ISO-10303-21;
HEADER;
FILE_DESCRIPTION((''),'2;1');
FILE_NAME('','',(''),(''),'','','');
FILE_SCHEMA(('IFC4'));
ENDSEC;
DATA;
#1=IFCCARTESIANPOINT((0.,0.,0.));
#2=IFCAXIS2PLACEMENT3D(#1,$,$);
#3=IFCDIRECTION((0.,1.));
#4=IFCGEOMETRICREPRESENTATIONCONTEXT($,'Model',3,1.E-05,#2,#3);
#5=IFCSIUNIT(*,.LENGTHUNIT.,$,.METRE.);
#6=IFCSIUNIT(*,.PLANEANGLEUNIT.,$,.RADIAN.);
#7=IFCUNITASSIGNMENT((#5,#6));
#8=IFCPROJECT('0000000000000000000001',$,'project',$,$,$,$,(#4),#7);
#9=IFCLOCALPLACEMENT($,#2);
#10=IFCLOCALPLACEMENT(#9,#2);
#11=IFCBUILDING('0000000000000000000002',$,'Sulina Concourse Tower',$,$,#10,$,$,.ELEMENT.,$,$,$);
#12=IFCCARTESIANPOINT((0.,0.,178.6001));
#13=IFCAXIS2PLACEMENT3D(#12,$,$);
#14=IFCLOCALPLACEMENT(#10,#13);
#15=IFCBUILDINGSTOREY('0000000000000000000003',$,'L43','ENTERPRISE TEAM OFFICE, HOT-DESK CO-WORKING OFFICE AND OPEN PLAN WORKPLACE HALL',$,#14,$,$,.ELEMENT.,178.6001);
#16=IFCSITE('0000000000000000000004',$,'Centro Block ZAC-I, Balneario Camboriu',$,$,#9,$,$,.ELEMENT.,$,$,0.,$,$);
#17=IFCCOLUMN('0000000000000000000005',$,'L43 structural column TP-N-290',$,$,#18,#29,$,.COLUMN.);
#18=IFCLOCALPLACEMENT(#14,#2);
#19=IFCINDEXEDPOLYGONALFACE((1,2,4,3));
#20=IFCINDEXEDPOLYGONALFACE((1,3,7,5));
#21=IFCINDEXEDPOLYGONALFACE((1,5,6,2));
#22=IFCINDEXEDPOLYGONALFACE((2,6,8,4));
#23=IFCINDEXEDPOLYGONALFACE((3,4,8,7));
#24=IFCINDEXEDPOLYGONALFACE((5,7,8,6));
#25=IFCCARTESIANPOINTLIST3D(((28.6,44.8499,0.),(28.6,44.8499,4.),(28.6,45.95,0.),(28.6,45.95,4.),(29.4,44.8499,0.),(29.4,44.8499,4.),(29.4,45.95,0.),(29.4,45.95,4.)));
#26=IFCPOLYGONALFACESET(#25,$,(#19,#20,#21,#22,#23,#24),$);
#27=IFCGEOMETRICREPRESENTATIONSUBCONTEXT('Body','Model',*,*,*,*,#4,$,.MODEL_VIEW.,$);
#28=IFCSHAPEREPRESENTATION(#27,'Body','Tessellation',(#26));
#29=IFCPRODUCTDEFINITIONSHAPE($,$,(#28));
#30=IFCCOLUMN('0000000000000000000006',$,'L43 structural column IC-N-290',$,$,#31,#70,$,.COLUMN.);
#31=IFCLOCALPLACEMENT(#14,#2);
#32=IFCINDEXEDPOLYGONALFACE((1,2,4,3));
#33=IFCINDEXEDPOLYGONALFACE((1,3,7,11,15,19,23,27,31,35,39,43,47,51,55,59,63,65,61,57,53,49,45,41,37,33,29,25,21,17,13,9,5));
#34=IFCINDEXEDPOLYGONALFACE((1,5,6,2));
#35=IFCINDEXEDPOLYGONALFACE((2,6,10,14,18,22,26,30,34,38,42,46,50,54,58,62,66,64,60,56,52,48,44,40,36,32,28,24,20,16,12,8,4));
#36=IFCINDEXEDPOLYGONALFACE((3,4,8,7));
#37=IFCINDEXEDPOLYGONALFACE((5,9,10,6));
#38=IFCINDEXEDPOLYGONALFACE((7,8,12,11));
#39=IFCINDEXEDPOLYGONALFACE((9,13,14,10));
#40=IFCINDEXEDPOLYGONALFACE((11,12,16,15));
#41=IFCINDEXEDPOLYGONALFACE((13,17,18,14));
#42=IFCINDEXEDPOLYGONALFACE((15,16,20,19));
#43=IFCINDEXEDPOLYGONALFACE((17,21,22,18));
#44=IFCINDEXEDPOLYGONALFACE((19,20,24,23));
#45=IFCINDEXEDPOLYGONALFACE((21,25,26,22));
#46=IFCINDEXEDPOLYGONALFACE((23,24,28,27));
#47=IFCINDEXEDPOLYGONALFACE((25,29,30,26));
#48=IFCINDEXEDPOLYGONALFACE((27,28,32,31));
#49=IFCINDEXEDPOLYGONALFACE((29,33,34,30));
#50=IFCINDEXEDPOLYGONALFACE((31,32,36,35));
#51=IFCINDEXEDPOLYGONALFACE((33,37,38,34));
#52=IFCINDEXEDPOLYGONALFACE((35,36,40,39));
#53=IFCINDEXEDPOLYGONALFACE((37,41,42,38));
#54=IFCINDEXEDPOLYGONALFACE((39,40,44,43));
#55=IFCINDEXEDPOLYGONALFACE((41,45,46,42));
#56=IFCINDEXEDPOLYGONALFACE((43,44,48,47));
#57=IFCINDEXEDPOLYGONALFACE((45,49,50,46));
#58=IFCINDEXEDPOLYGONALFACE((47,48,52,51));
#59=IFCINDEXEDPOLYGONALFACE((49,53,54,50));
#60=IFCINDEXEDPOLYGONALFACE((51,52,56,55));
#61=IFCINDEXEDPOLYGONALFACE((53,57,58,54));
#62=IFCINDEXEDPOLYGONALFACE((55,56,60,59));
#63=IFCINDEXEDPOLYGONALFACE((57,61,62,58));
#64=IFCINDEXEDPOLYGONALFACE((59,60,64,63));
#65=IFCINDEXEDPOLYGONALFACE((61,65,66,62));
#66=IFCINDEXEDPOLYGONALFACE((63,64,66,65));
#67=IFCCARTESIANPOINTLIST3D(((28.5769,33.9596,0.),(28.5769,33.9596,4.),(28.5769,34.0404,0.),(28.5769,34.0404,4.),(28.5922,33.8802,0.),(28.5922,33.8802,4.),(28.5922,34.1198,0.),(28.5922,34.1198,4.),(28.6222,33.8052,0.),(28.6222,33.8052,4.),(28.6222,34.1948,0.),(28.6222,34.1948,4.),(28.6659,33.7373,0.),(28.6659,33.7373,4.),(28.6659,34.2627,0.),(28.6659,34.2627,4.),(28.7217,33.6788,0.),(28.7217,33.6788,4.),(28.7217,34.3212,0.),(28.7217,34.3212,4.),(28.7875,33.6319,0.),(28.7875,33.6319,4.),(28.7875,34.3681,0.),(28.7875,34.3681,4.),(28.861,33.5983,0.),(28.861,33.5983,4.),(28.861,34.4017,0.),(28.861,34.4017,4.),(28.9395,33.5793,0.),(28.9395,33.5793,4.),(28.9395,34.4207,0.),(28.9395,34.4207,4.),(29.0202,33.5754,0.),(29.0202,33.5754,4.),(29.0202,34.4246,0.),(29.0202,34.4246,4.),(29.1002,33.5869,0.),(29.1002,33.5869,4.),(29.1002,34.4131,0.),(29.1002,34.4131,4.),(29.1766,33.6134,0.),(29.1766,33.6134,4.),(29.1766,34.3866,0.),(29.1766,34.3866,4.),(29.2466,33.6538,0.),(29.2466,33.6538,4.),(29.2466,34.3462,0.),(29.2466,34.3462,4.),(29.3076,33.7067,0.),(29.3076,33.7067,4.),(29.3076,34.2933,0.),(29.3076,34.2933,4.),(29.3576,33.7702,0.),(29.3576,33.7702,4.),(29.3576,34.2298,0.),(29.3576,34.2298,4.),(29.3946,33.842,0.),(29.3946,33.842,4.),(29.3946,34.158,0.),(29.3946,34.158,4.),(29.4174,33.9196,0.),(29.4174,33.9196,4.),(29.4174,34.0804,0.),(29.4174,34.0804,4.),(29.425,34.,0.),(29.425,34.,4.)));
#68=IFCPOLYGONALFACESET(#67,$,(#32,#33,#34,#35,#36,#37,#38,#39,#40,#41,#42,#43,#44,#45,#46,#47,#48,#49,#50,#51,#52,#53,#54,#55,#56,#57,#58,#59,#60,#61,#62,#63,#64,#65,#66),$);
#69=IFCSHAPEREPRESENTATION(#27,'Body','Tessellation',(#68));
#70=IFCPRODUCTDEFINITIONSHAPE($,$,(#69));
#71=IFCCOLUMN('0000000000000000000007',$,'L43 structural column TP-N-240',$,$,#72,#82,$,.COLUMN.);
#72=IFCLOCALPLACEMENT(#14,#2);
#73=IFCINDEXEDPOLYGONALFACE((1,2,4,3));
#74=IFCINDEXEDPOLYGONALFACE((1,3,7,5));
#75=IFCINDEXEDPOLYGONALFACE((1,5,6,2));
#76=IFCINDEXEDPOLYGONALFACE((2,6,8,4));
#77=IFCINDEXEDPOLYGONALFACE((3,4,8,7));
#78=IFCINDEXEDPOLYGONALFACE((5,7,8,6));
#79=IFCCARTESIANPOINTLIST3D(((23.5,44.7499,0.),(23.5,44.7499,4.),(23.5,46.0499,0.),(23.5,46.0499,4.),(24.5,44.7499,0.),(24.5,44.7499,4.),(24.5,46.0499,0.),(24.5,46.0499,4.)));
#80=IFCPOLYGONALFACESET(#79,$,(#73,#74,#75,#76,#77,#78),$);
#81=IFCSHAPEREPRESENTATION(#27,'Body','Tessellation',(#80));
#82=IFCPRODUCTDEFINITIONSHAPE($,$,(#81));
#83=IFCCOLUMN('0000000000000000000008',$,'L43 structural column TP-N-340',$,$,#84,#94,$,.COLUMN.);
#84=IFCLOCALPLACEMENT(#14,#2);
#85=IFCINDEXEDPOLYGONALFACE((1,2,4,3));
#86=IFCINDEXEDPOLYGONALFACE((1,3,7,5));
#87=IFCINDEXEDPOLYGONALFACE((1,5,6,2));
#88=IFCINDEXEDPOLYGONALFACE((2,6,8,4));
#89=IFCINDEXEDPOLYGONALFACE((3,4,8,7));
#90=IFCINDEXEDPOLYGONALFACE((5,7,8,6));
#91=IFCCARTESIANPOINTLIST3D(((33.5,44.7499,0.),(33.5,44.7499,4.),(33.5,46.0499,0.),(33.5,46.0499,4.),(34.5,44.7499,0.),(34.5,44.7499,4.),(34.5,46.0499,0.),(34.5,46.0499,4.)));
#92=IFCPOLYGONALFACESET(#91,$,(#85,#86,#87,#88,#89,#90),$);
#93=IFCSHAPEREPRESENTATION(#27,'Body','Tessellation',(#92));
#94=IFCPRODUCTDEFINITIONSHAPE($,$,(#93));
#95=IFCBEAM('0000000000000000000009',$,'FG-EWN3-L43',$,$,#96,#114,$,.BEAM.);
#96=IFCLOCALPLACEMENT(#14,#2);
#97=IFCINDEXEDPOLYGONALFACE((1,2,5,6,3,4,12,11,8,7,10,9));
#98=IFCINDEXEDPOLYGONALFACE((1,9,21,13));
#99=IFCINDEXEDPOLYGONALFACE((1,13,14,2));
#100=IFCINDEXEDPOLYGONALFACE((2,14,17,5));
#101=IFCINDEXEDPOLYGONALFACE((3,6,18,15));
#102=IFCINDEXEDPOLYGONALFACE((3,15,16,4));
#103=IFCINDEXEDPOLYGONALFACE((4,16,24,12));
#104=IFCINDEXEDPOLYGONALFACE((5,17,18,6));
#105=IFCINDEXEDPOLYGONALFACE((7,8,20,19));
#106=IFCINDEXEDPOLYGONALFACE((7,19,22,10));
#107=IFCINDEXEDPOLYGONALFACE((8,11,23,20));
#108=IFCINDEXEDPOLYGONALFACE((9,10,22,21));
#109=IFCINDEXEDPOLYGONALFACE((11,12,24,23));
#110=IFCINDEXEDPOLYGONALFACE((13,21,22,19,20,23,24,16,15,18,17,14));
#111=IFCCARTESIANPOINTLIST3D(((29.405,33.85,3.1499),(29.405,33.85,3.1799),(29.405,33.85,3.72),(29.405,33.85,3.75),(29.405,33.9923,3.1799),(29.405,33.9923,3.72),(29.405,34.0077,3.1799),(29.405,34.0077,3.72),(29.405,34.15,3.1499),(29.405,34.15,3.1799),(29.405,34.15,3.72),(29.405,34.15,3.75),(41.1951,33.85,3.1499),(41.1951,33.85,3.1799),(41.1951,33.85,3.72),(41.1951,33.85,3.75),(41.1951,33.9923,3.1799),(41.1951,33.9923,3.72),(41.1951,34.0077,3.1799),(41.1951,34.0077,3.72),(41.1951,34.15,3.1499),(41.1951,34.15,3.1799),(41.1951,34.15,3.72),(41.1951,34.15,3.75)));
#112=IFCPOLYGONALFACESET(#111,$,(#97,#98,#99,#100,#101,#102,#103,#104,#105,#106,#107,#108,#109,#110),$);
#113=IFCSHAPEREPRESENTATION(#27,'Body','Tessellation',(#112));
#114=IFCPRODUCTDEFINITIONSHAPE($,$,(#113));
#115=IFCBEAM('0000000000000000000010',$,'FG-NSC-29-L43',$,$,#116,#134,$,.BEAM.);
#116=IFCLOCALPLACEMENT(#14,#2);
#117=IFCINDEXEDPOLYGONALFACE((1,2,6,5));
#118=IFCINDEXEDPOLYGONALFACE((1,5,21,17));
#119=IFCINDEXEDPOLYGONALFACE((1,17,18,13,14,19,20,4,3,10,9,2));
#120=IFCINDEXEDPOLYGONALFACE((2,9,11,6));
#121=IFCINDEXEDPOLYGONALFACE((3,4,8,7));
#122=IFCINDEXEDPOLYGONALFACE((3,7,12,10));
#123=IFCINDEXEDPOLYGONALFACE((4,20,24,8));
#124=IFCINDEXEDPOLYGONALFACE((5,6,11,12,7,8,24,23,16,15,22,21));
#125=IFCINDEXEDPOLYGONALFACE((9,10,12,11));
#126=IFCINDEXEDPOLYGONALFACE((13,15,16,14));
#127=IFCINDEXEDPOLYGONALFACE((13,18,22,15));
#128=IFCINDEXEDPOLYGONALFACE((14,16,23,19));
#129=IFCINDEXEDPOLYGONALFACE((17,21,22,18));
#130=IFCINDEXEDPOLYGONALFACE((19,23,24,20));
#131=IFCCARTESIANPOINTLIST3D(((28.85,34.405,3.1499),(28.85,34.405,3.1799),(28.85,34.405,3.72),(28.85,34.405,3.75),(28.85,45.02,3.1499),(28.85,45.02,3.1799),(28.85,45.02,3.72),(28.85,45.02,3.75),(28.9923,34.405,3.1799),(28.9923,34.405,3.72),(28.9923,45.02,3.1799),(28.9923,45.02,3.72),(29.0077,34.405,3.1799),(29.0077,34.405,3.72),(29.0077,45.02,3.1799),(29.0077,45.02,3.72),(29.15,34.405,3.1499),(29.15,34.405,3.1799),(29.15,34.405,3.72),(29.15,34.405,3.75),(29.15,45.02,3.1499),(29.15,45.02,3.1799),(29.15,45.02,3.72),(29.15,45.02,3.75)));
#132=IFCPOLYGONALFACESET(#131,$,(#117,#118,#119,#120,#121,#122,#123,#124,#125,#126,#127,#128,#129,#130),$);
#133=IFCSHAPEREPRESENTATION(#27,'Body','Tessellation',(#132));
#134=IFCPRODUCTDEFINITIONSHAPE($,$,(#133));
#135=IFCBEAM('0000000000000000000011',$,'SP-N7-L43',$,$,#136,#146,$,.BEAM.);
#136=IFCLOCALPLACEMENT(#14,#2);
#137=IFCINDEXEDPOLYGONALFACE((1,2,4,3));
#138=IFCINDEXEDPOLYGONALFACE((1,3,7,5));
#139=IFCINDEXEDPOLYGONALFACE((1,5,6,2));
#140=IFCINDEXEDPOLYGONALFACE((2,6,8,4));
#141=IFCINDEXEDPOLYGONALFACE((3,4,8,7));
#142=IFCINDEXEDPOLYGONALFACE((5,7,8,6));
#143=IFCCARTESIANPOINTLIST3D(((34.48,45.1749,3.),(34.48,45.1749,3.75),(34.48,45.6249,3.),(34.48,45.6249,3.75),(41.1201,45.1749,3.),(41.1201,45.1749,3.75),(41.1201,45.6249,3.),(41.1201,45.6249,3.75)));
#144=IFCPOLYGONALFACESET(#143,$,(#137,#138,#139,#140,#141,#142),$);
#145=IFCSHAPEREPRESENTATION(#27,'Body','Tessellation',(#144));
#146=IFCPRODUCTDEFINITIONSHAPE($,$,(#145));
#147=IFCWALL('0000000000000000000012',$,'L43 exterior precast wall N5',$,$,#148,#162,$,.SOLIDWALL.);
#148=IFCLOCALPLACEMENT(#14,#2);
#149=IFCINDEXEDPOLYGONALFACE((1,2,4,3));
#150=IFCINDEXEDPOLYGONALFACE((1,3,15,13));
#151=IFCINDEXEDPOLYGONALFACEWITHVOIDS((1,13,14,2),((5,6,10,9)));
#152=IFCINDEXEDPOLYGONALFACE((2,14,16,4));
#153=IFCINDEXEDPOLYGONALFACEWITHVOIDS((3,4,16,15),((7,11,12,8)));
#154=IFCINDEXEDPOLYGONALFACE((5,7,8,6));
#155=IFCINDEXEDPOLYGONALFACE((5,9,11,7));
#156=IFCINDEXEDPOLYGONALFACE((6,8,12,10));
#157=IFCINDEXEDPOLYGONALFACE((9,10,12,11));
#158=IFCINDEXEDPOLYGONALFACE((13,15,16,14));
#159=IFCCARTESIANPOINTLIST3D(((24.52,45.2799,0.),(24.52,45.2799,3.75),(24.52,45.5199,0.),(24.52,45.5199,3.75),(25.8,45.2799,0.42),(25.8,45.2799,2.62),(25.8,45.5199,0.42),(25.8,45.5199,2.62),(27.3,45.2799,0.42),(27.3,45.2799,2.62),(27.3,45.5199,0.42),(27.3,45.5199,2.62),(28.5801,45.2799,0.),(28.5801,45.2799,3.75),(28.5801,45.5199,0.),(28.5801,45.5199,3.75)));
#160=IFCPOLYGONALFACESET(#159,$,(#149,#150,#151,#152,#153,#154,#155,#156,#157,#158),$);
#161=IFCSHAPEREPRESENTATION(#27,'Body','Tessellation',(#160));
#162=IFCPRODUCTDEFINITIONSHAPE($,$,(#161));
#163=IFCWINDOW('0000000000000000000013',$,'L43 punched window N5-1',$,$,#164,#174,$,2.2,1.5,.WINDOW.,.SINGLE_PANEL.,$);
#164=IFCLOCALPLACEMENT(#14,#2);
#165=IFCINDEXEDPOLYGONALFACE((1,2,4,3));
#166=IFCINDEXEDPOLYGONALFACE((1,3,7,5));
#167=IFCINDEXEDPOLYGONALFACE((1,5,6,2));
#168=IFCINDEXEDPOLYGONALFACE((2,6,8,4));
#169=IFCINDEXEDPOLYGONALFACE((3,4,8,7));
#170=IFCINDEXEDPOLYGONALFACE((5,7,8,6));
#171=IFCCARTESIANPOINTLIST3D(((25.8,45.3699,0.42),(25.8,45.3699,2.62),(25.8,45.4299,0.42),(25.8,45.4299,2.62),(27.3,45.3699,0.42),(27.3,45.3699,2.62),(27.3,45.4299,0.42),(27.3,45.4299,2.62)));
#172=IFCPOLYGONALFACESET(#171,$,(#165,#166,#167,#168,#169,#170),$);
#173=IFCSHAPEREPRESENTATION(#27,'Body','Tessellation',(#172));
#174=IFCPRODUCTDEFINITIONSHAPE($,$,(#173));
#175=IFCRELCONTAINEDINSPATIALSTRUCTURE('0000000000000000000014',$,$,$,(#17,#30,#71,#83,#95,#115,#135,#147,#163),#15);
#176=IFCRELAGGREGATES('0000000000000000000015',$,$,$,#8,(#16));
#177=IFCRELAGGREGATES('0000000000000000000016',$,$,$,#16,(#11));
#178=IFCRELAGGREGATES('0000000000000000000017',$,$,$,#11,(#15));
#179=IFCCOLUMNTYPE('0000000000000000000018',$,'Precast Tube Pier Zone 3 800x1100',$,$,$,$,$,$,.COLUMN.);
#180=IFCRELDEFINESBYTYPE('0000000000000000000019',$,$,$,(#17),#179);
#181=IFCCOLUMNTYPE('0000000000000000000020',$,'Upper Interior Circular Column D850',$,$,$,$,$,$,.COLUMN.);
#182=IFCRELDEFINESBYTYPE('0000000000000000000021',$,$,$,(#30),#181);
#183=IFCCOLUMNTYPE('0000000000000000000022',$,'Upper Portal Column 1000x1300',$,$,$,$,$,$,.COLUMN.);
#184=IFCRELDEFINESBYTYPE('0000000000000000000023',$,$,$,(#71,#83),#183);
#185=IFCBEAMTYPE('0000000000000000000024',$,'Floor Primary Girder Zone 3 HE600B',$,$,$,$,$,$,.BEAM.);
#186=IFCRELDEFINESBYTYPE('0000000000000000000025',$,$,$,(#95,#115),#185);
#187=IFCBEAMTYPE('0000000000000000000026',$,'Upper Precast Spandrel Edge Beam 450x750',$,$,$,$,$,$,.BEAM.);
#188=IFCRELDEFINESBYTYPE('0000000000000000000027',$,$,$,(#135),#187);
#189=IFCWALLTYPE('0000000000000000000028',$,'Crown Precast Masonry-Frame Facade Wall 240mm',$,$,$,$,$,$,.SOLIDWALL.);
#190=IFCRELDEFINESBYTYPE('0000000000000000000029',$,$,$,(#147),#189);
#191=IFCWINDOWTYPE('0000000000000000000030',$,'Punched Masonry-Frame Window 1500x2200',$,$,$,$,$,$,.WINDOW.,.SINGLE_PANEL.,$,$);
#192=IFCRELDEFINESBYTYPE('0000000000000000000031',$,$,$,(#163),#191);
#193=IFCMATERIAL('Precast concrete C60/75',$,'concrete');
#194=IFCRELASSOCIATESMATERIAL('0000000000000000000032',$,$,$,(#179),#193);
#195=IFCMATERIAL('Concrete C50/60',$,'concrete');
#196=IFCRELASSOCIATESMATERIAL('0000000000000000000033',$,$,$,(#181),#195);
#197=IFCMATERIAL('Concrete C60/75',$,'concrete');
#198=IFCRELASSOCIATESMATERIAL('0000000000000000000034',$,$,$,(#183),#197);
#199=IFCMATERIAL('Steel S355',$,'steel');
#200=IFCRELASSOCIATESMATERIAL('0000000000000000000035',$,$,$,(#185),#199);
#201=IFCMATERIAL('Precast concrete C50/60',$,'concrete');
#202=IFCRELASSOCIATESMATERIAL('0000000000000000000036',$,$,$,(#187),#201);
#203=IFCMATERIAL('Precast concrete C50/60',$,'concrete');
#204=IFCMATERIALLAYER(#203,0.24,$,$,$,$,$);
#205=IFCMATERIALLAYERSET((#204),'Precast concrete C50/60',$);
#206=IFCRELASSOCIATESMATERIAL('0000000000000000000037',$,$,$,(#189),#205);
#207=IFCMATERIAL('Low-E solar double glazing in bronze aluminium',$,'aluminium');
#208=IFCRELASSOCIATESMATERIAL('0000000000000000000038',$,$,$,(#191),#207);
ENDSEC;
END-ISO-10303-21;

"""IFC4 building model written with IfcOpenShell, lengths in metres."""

from ifc_helpers import new_model, si_unit, direction, frame, frame_2d, origin, origin_2d, place, context, subcontext, project, spatial, rectangle, circle, i_section, extrude, material, layer, layer_set, material_profile, profile_set, type_object, element, fill, save


model = new_model("IFC4")

# Units and contexts
model_context = context("Model", 3, precision=1e-05, world=origin(), true_north=direction((0.0, 1.0)))
body_context = subcontext(model_context, "Body", "Model", "MODEL_VIEW")
ifc_project = project(units=[si_unit("LENGTHUNIT", "METRE"), si_unit("PLANEANGLEUNIT", "RADIAN")], contexts=[model_context])

# Site, building, storey
site_placement = place(None, origin())
site = spatial("IfcSite", under=ifc_project, at=site_placement, Name="Centro Block ZAC-I, Balneario Camboriu", CompositionType="ELEMENT", RefElevation=0.0)
building_placement = place(site_placement, origin())
building = spatial("IfcBuilding", under=site, at=building_placement, Name="Sulina Concourse Tower", CompositionType="ELEMENT")
storey_placement = place(building_placement, frame((0.0, 0.0, 178.6001)))
storey = spatial("IfcBuildingStorey", under=building, at=storey_placement, Name="L43", Description="ENTERPRISE TEAM OFFICE, HOT-DESK CO-WORKING OFFICE AND OPEN PLAN WORKPLACE HALL", CompositionType="ELEMENT", Elevation=178.6001)

# Columns
ifc_material_1 = material(Name="Precast concrete C60/75", Category="concrete")
ifc_material_profile_1 = material_profile(ifc_material_1, rectangle(XDim=0.8, YDim=1.1001, at=origin_2d()), Name="PC 800x1100")
ifc_profile_set_1 = profile_set([ifc_material_profile_1], Name="Precast concrete C60/75")
column_type_1 = type_object("IfcColumnType", Name="Precast Tube Pier Zone 3 800x1100", PredefinedType="COLUMN", material=ifc_profile_set_1)
column_1_placement = place(storey_placement, frame((29.0, 45.3999, 0.0), z_axis=(0.0, 0.0, 1.0), x_axis=(1.0, 0.0, 0.0)))
element("IfcColumn", 1, at=column_1_placement, inside=storey, type_object=column_type_1, Name="L43 structural column TP-N-290", PredefinedType="COLUMN", context=body_context, shape_type="SweptSolid", body=[
    extrude(rectangle(XDim=0.8, YDim=1.1001, at=origin_2d()), origin(), (0.0, 0.0, 1.0), 4.0),
])
ifc_material_2 = material(Name="Concrete C50/60", Category="concrete")
ifc_material_profile_2 = material_profile(ifc_material_2, circle(Radius=0.425, at=origin_2d()), Name="RC D850")
ifc_profile_set_2 = profile_set([ifc_material_profile_2], Name="Concrete C50/60")
column_type_2 = type_object("IfcColumnType", Name="Upper Interior Circular Column D850", PredefinedType="COLUMN", material=ifc_profile_set_2)
column_2_placement = place(storey_placement, frame((29.0, 34.0, 0.0), z_axis=(0.0, 0.0, 1.0), x_axis=(1.0, 0.0, 0.0)))
element("IfcColumn", 2, at=column_2_placement, inside=storey, type_object=column_type_2, Name="L43 structural column IC-N-290", PredefinedType="COLUMN", context=body_context, shape_type="SweptSolid", body=[
    extrude(circle(Radius=0.425, at=origin_2d()), origin(), (0.0, 0.0, 1.0), 4.0),
])
ifc_material_3 = material(Name="Concrete C60/75", Category="concrete")
ifc_material_profile_3 = material_profile(ifc_material_3, rectangle(XDim=1.0, YDim=1.3, at=origin_2d()), Name="RC 1000x1300")
ifc_profile_set_3 = profile_set([ifc_material_profile_3], Name="Concrete C60/75")
column_type_3 = type_object("IfcColumnType", Name="Upper Portal Column 1000x1300", PredefinedType="COLUMN", material=ifc_profile_set_3)
for number, where, z_axis, x_axis, name in (
    (3, (24.0, 45.3999, 0.0), (0.0, 0.0, 1.0), (1.0, 0.0, 0.0), "L43 structural column TP-N-240"),
    (4, (34.0, 45.3999, 0.0), (0.0, 0.0, 1.0), (1.0, 0.0, 0.0), "L43 structural column TP-N-340"),
):
    element("IfcColumn", number, at=place(storey_placement, frame(where, z_axis=z_axis, x_axis=x_axis)), inside=storey, type_object=column_type_3, Name=name, PredefinedType="COLUMN", context=body_context, shape_type="SweptSolid", body=[
        extrude(rectangle(XDim=1.0, YDim=1.3, at=origin_2d()), origin(), (0.0, 0.0, 1.0), 4.0),
    ])

# Beams
ifc_material_4 = material(Name="Steel S355", Category="steel")
ifc_material_profile_4 = material_profile(ifc_material_4, i_section(OverallWidth=0.3, OverallDepth=0.6001, WebThickness=0.0154, FlangeThickness=0.03, at=origin_2d()), Name="HE 600 B")
ifc_profile_set_4 = profile_set([ifc_material_profile_4], Name="Steel S355")
beam_type_1 = type_object("IfcBeamType", Name="Floor Primary Girder Zone 3 HE600B", PredefinedType="BEAM", material=ifc_profile_set_4)
beam_1_placement = place(storey_placement, frame((29.405, 34.0, 3.45), z_axis=(1.0, 0.0, 0.0), x_axis=(0.0, 1.0, 0.0)))
element("IfcBeam", 5, at=beam_1_placement, inside=storey, type_object=beam_type_1, Name="FG-EWN3-L43", PredefinedType="BEAM", context=body_context, shape_type="SweptSolid", body=[
    extrude(i_section(OverallWidth=0.3, OverallDepth=0.6001, WebThickness=0.0154, FlangeThickness=0.03, at=origin_2d()), origin(), (0.0, 0.0, 1.0), 11.79),
])
beam_2_placement = place(storey_placement, frame((29.0, 34.405, 3.45), z_axis=(0.0, 1.0, 0.0), x_axis=(-1.0, 0.0, 0.0)))
element("IfcBeam", 6, at=beam_2_placement, inside=storey, type_object=beam_type_1, Name="FG-NSC-29-L43", PredefinedType="BEAM", context=body_context, shape_type="SweptSolid", body=[
    extrude(i_section(OverallWidth=0.3, OverallDepth=0.6001, WebThickness=0.0154, FlangeThickness=0.03, at=origin_2d()), origin(), (0.0, 0.0, 1.0), 10.615),
])
ifc_material_5 = material(Name="Precast concrete C50/60", Category="concrete")
ifc_material_profile_5 = material_profile(ifc_material_5, rectangle(XDim=0.45, YDim=0.75, at=origin_2d()), Name="RC 450x750")
ifc_profile_set_5 = profile_set([ifc_material_profile_5], Name="Precast concrete C50/60")
beam_type_2 = type_object("IfcBeamType", Name="Upper Precast Spandrel Edge Beam 450x750", PredefinedType="BEAM", material=ifc_profile_set_5)
beam_3_placement = place(storey_placement, frame((34.48, 45.3999, 3.375), z_axis=(1.0, 0.0, 0.0), x_axis=(0.0, 1.0, 0.0)))
element("IfcBeam", 7, at=beam_3_placement, inside=storey, type_object=beam_type_2, Name="SP-N7-L43", PredefinedType="BEAM", context=body_context, shape_type="SweptSolid", body=[
    extrude(rectangle(XDim=0.45, YDim=0.75, at=origin_2d()), origin(), (0.0, 0.0, 1.0), 6.6401),
])

# Wall, opening, window
ifc_material_6 = material(Name="Precast concrete C50/60", Category="concrete")
ifc_layer_1 = layer(ifc_material_6, 0.24)
ifc_layer_set_1 = layer_set([ifc_layer_1], Name="Precast concrete C50/60")
wall_type_1 = type_object("IfcWallType", Name="Crown Precast Masonry-Frame Facade Wall 240mm", PredefinedType="SOLIDWALL", material=ifc_layer_set_1)
wall_1_placement = place(storey_placement, frame((24.52, 45.3999, 0.0), z_axis=(0.0, 0.0, 1.0), x_axis=(1.0, 0.0, 0.0)))
wall_1 = element("IfcWall", 8, at=wall_1_placement, inside=storey, type_object=wall_type_1, Name="L43 exterior precast wall N5", PredefinedType="SOLIDWALL", context=body_context, shape_type="SweptSolid", body=[
    extrude(rectangle(XDim=4.0601, YDim=0.24, at=frame_2d((2.03, 0.0))), origin(), (0.0, 0.0, 1.0), 3.75),
])
opening_1_placement = place(wall_1_placement, frame((1.28, 0.0, 0.4199)))
opening_1 = element("IfcOpeningElement", 9, at=opening_1_placement, cuts=wall_1, PredefinedType="OPENING", context=body_context, shape_type="SweptSolid", body=[
    extrude(rectangle(XDim=1.5, YDim=2.2, at=frame_2d((0.75, 1.1001))), frame((0.0, 0.1299, 0.0), z_axis=(0.0, -1.0, 0.0), x_axis=(1.0, 0.0, 0.0)), (0.0, 0.0, 1.0), 0.26),
])
ifc_material_7 = material(Name="Low-E solar double glazing in bronze aluminium", Category="aluminium")
window_type = type_object("IfcWindowType", Name="Punched Masonry-Frame Window 1500x2200", PartitioningType="SINGLE_PANEL", PredefinedType="WINDOW", material=ifc_material_7)
window_1_placement = place(opening_1_placement, origin())
window_1 = element("IfcWindow", 10, at=window_1_placement, inside=storey, type_object=window_type, Name="L43 punched window N5-1", OverallHeight=2.2, OverallWidth=1.5, PartitioningType="SINGLE_PANEL", PredefinedType="WINDOW", context=body_context, shape_type="SweptSolid", body=[
    extrude(rectangle(XDim=1.5, YDim=2.2, at=frame_2d((0.75, 1.1001))), frame((0.0, 0.03, 0.0), z_axis=(0.0, -1.0, 0.0), x_axis=(1.0, 0.0, 0.0)), (0.0, 0.0, 1.0), 0.0601),
])
fill(opening_1, window_1)

save(model, "model.ifc")
